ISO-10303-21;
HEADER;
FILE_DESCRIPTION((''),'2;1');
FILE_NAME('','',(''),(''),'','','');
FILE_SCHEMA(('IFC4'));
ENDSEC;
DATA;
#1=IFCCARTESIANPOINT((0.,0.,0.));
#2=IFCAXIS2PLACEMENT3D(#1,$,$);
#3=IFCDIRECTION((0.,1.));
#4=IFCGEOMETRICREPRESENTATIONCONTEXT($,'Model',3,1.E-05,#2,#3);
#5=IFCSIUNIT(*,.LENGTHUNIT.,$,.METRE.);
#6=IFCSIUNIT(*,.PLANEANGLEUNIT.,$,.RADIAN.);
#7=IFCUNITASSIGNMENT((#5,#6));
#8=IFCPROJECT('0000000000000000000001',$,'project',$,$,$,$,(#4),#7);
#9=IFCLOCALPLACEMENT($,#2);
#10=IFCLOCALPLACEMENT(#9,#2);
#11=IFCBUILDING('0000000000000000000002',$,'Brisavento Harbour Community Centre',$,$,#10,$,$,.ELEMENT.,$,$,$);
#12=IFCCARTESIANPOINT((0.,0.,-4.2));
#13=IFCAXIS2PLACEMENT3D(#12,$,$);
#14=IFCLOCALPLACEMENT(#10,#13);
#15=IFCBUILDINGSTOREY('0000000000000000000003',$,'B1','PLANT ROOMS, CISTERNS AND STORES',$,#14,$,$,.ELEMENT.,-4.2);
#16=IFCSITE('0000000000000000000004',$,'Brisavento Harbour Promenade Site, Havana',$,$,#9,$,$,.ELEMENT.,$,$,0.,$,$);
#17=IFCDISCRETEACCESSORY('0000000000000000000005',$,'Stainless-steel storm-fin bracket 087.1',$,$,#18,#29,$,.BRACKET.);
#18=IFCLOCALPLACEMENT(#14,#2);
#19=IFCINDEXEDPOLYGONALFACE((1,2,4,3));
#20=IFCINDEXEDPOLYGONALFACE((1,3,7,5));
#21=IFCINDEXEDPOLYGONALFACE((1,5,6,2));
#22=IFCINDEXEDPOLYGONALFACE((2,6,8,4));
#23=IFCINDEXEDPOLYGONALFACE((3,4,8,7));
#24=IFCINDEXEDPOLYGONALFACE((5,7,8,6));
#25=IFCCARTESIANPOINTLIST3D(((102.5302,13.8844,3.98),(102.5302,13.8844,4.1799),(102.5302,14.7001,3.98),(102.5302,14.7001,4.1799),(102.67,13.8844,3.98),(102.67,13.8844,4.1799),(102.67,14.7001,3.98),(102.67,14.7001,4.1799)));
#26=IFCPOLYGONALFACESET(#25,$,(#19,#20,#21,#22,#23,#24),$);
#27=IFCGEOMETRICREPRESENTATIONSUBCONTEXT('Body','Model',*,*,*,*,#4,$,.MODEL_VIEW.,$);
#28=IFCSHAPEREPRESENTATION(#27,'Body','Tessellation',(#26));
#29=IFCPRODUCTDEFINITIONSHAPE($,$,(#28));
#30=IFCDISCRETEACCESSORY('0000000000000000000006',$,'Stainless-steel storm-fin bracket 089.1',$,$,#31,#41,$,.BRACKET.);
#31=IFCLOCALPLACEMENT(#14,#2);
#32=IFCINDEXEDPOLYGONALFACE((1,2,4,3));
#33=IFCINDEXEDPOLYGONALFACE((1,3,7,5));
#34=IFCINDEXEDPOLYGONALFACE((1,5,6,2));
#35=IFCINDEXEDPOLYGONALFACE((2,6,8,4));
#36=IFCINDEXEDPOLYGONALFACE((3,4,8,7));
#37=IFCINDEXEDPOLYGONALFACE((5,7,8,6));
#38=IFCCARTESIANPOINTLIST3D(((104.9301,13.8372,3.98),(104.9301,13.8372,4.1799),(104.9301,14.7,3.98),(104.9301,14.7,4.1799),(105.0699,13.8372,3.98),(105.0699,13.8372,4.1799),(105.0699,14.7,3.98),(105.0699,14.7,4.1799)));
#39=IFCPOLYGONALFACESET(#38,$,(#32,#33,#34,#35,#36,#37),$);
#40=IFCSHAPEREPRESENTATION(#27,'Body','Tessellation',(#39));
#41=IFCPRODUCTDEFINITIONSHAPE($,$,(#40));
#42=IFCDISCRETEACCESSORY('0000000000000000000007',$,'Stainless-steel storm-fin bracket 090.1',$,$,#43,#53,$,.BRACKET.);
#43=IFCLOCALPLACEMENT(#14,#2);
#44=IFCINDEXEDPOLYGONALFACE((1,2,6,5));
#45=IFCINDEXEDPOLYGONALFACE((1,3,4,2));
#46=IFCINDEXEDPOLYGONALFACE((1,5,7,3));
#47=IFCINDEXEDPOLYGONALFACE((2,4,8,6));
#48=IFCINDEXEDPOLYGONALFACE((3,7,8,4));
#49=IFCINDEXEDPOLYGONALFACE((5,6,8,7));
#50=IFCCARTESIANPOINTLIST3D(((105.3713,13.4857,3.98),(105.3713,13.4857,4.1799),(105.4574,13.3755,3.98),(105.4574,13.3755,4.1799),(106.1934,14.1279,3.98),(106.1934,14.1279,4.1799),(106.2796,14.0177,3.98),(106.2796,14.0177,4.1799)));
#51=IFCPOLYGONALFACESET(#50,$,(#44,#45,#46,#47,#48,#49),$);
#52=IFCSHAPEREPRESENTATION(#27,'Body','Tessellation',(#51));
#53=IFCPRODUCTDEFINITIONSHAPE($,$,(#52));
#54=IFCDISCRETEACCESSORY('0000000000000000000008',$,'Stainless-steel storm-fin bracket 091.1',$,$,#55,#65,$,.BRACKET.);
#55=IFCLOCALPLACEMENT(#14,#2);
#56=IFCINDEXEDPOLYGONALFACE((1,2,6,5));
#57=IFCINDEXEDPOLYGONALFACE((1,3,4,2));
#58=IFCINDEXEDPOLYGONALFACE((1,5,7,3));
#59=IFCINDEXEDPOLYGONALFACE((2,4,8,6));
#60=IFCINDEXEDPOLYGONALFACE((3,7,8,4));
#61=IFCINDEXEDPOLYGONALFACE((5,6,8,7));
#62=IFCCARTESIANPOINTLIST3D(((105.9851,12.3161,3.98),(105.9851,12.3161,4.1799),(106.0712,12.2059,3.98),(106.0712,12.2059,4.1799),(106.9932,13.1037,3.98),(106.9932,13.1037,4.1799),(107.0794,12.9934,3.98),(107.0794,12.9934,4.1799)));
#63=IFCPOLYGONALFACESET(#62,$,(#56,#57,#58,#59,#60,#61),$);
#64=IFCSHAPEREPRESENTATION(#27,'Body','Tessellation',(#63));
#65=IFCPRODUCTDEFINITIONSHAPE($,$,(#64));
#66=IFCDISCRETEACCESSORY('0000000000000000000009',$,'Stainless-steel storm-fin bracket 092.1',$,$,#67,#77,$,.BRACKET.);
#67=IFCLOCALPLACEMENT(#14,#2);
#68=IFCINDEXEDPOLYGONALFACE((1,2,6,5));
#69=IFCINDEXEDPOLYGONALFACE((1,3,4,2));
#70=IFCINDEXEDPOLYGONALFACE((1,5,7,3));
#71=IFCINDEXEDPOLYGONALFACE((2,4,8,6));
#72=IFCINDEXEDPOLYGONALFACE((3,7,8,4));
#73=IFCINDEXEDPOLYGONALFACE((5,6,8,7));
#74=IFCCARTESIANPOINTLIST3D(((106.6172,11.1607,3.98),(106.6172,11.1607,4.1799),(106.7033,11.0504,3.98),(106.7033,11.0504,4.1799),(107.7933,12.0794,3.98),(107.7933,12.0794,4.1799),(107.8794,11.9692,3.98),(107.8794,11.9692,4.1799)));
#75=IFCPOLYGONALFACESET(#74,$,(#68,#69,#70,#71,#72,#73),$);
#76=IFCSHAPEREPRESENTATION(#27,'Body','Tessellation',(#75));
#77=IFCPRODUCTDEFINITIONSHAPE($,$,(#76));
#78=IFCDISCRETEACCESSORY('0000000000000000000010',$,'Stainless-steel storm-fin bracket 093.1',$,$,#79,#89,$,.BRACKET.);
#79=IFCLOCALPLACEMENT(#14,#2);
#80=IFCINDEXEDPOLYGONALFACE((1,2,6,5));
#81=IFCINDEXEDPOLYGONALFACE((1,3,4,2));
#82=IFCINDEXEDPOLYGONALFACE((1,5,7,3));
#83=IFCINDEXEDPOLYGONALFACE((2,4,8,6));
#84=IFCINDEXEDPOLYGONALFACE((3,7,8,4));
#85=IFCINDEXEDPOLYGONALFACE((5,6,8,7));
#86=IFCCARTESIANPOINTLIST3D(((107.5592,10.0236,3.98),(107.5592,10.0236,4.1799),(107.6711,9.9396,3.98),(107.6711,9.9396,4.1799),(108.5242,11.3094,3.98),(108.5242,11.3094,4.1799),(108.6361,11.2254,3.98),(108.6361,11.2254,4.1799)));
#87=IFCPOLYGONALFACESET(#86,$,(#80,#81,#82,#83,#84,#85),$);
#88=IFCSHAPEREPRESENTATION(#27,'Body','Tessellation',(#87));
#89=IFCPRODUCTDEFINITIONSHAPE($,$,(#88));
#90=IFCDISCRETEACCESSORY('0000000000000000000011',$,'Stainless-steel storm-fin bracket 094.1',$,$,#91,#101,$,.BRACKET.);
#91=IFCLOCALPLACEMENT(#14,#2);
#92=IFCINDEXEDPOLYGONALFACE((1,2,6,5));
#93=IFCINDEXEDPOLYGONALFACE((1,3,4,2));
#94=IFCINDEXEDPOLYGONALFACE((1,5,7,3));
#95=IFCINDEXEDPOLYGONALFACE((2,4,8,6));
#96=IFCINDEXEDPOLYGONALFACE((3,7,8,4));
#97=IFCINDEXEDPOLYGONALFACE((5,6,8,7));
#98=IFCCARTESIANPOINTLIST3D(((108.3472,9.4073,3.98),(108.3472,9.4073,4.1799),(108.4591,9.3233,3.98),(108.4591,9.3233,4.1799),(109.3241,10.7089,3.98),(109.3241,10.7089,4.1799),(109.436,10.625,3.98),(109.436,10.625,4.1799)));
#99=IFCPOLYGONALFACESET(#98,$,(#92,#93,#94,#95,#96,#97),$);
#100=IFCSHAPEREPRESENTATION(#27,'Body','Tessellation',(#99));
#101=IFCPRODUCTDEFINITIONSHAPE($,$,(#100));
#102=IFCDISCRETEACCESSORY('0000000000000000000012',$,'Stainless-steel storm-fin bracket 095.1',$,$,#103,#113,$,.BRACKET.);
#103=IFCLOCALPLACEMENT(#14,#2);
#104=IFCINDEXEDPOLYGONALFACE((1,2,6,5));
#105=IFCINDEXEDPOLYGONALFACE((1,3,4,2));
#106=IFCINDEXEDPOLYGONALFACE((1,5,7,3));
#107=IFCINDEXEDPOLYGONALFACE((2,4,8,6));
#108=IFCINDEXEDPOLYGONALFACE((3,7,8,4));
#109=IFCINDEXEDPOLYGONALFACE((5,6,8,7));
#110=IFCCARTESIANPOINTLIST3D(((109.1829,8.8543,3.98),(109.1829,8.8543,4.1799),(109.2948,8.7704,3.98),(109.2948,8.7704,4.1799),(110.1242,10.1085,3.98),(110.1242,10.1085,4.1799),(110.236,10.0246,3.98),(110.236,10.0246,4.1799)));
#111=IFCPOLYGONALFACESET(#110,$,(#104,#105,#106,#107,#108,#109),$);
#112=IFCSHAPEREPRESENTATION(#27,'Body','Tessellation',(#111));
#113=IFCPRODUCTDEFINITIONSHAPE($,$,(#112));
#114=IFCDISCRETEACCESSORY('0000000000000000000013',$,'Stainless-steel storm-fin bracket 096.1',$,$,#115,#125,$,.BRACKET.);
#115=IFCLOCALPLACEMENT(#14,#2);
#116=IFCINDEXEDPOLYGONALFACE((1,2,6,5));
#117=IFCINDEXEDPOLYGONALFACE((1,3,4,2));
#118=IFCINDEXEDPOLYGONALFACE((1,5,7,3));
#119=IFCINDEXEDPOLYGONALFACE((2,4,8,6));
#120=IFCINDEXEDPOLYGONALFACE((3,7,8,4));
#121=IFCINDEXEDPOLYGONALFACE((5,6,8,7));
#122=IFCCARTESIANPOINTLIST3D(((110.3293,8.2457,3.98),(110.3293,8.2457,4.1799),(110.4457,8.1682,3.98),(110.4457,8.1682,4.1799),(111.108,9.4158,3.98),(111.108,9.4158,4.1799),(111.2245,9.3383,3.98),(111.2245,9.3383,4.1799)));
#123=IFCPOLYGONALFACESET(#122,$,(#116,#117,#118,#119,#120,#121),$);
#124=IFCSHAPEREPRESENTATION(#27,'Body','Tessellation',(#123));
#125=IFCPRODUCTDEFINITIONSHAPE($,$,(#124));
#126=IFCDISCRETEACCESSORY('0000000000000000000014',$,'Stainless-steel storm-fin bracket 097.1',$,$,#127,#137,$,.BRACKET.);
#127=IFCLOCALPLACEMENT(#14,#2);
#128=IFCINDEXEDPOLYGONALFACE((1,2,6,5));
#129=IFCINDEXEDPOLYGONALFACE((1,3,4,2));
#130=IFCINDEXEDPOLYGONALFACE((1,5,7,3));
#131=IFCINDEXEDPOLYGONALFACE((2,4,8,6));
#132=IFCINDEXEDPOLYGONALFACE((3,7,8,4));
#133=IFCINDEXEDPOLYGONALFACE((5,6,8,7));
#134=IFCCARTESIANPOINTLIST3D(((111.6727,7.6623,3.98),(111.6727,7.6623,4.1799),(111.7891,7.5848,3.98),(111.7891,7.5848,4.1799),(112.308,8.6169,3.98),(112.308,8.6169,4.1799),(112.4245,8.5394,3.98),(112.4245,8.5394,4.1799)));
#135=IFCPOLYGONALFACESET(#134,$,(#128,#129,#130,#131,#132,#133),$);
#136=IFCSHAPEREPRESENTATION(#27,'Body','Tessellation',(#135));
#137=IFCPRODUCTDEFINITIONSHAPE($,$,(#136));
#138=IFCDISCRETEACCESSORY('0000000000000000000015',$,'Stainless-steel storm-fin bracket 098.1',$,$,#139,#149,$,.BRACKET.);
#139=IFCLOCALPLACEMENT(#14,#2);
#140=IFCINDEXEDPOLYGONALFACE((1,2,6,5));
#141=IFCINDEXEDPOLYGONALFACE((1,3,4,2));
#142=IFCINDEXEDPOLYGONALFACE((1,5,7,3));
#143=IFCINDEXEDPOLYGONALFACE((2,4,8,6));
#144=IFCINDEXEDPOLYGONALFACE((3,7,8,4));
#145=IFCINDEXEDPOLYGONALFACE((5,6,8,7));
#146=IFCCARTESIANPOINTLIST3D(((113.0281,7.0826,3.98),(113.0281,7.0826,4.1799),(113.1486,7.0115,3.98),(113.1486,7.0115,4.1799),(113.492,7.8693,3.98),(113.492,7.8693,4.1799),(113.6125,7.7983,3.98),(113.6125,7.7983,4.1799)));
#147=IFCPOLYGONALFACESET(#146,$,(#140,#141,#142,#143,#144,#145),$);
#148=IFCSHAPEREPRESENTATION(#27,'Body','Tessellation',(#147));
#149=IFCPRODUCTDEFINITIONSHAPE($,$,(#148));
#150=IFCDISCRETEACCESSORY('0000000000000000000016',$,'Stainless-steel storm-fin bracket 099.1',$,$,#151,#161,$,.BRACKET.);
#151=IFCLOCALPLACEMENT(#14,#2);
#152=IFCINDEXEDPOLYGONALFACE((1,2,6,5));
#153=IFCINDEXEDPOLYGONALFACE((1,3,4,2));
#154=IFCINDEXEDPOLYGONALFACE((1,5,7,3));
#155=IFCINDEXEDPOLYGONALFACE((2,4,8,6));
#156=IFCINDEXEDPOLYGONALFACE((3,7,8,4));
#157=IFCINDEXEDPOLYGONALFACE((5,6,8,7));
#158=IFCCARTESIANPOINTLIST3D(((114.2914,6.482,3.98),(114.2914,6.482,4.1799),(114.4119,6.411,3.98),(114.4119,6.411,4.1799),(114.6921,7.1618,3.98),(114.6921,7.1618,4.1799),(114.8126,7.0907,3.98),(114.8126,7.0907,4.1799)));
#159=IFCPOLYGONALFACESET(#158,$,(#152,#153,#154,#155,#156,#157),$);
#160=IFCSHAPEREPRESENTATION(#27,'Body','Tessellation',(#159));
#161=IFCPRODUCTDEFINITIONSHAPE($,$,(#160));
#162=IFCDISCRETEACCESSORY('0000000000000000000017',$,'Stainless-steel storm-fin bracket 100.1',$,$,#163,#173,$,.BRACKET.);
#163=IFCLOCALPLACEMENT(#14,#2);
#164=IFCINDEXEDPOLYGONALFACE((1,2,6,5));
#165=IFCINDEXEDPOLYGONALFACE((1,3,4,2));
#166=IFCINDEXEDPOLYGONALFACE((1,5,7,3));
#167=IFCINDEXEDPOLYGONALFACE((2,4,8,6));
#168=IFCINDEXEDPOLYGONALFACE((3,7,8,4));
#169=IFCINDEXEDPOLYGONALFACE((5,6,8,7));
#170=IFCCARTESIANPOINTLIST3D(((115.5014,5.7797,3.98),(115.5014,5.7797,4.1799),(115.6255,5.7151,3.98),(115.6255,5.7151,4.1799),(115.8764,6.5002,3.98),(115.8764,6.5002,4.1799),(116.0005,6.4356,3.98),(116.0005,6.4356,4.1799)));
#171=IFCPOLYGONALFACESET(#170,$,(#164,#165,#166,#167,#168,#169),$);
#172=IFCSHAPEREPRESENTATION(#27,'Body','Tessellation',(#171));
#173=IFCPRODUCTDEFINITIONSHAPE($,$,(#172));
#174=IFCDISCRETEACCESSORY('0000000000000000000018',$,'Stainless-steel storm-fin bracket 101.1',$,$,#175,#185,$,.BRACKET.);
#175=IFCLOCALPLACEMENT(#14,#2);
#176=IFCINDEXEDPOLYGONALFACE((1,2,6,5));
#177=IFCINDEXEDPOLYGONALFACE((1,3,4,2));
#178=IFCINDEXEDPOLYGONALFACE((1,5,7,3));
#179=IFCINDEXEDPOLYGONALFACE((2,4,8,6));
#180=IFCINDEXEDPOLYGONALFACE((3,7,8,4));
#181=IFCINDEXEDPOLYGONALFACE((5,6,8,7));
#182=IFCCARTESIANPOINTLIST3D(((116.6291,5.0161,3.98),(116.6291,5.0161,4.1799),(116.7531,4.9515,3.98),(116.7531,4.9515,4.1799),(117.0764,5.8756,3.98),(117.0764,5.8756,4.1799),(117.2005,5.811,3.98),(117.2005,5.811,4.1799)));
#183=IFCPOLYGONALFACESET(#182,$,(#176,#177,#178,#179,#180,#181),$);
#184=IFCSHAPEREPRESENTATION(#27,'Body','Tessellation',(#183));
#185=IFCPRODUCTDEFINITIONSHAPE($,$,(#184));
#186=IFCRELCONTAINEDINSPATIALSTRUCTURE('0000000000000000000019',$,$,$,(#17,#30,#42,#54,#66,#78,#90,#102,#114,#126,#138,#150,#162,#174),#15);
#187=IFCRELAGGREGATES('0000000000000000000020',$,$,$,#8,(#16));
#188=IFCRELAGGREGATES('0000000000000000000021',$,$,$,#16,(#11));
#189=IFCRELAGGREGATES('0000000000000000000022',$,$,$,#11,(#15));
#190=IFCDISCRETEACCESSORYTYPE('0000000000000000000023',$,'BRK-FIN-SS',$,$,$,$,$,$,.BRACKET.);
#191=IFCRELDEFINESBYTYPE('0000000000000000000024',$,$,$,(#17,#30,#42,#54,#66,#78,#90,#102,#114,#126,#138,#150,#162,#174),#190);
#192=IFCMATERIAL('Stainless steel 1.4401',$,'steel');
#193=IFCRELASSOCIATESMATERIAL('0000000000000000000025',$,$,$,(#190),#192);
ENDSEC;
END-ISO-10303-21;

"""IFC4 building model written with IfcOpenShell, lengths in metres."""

from ifc_helpers import new_model, si_unit, direction, frame, origin, origin_2d, place, context, subcontext, project, spatial, rectangle, extrude, material, type_object, element, save


model = new_model("IFC4")

# Units and contexts
model_context = context("Model", 3, precision=1e-05, world=origin(), true_north=direction((0.0, 1.0)))
body_context = subcontext(model_context, "Body", "Model", "MODEL_VIEW")
ifc_project = project(units=[si_unit("LENGTHUNIT", "METRE"), si_unit("PLANEANGLEUNIT", "RADIAN")], contexts=[model_context])

# Site, building, storey
site_placement = place(None, origin())
site = spatial("IfcSite", under=ifc_project, at=site_placement, Name="Brisavento Harbour Promenade Site, Havana", CompositionType="ELEMENT", RefElevation=0.0)
building_placement = place(site_placement, origin())
building = spatial("IfcBuilding", under=site, at=building_placement, Name="Brisavento Harbour Community Centre", CompositionType="ELEMENT")
storey_placement = place(building_placement, frame((0.0, 0.0, -4.2)))
storey = spatial("IfcBuildingStorey", under=building, at=storey_placement, Name="B1", Description="PLANT ROOMS, CISTERNS AND STORES", CompositionType="ELEMENT", Elevation=-4.2)

# Discrete accessories
ifc_material_1 = material(Name="Stainless steel 1.4401", Category="steel")
discrete_accessory_type = type_object("IfcDiscreteAccessoryType", Name="BRK-FIN-SS", PredefinedType="BRACKET", material=ifc_material_1)
discrete_accessory_1_placement = place(storey_placement, frame((102.6001, 14.2922, 3.98), z_axis=(0.0, 0.0, 1.0), x_axis=(0.0, -1.0, 0.0)))
element("IfcDiscreteAccessory", 1, at=discrete_accessory_1_placement, inside=storey, type_object=discrete_accessory_type, Name="Stainless-steel storm-fin bracket 087.1", PredefinedType="BRACKET", context=body_context, shape_type="SweptSolid", body=[
    extrude(rectangle(XDim=0.8157, YDim=0.1399, at=origin_2d()), origin(), (0.0, 0.0, 1.0), 0.2),
])
discrete_accessory_2_placement = place(storey_placement, frame((105.0, 14.2686, 3.98), z_axis=(0.0, 0.0, 1.0), x_axis=(0.0, -1.0, 0.0)))
element("IfcDiscreteAccessory", 2, at=discrete_accessory_2_placement, inside=storey, type_object=discrete_accessory_type, Name="Stainless-steel storm-fin bracket 089.1", PredefinedType="BRACKET", context=body_context, shape_type="SweptSolid", body=[
    extrude(rectangle(XDim=0.8628, YDim=0.1399, at=origin_2d()), origin(), (0.0, 0.0, 1.0), 0.2),
])
discrete_accessory_3_placement = place(storey_placement, frame((105.8254, 13.7517, 3.98), z_axis=(0.0, 0.0, 1.0), x_axis=(-0.788054, -0.615606, 0.0)))
element("IfcDiscreteAccessory", 3, at=discrete_accessory_3_placement, inside=storey, type_object=discrete_accessory_type, Name="Stainless-steel storm-fin bracket 090.1", PredefinedType="BRACKET", context=body_context, shape_type="SweptSolid", body=[
    extrude(rectangle(XDim=1.0432, YDim=0.1399, at=origin_2d()), origin(), (0.0, 0.0, 1.0), 0.2),
])
discrete_accessory_4_placement = place(storey_placement, frame((106.5322, 12.6548, 3.98), z_axis=(0.0, 0.0, 1.0), x_axis=(-0.788054, -0.615606, 0.0)))
element("IfcDiscreteAccessory", 4, at=discrete_accessory_4_placement, inside=storey, type_object=discrete_accessory_type, Name="Stainless-steel storm-fin bracket 091.1", PredefinedType="BRACKET", context=body_context, shape_type="SweptSolid", body=[
    extrude(rectangle(XDim=1.2793, YDim=0.1399, at=origin_2d()), origin(), (0.0, 0.0, 1.0), 0.2),
])
discrete_accessory_5_placement = place(storey_placement, frame((107.2483, 11.5649, 3.98), z_axis=(0.0, 0.0, 1.0), x_axis=(-0.788054, -0.615606, 0.0)))
element("IfcDiscreteAccessory", 5, at=discrete_accessory_5_placement, inside=storey, type_object=discrete_accessory_type, Name="Stainless-steel storm-fin bracket 092.1", PredefinedType="BRACKET", context=body_context, shape_type="SweptSolid", body=[
    extrude(rectangle(XDim=1.4924, YDim=0.1399, at=origin_2d()), origin(), (0.0, 0.0, 1.0), 0.2),
])
discrete_accessory_6_placement = place(storey_placement, frame((108.0977, 10.6245, 3.98), z_axis=(0.0, 0.0, 1.0), x_axis=(-0.600253, -0.79981, 0.0)))
element("IfcDiscreteAccessory", 6, at=discrete_accessory_6_placement, inside=storey, type_object=discrete_accessory_type, Name="Stainless-steel storm-fin bracket 093.1", PredefinedType="BRACKET", context=body_context, shape_type="SweptSolid", body=[
    extrude(rectangle(XDim=1.6077, YDim=0.1399, at=origin_2d()), origin(), (0.0, 0.0, 1.0), 0.2),
])
discrete_accessory_7_placement = place(storey_placement, frame((108.8916, 10.0161, 3.98), z_axis=(0.0, 0.0, 1.0), x_axis=(-0.600253, -0.79981, 0.0)))
element("IfcDiscreteAccessory", 7, at=discrete_accessory_7_placement, inside=storey, type_object=discrete_accessory_type, Name="Stainless-steel storm-fin bracket 094.1", PredefinedType="BRACKET", context=body_context, shape_type="SweptSolid", body=[
    extrude(rectangle(XDim=1.6274, YDim=0.1399, at=origin_2d()), origin(), (0.0, 0.0, 1.0), 0.2),
])
discrete_accessory_8_placement = place(storey_placement, frame((109.7095, 9.4395, 3.98), z_axis=(0.0, 0.0, 1.0), x_axis=(-0.600253, -0.79981, 0.0)))
element("IfcDiscreteAccessory", 8, at=discrete_accessory_8_placement, inside=storey, type_object=discrete_accessory_type, Name="Stainless-steel storm-fin bracket 095.1", PredefinedType="BRACKET", context=body_context, shape_type="SweptSolid", body=[
    extrude(rectangle(XDim=1.5681, YDim=0.1399, at=origin_2d()), origin(), (0.0, 0.0, 1.0), 0.2),
])
discrete_accessory_9_placement = place(storey_placement, frame((110.7769, 8.792, 3.98), z_axis=(0.0, 0.0, 1.0), x_axis=(-0.55406, -0.832477, 0.0)))
element("IfcDiscreteAccessory", 9, at=discrete_accessory_9_placement, inside=storey, type_object=discrete_accessory_type, Name="Stainless-steel storm-fin bracket 096.1", PredefinedType="BRACKET", context=body_context, shape_type="SweptSolid", body=[
    extrude(rectangle(XDim=1.4055, YDim=0.1399, at=origin_2d()), origin(), (0.0, 0.0, 1.0), 0.2),
])
discrete_accessory_10_placement = place(storey_placement, frame((112.0486, 8.1008, 3.98), z_axis=(0.0, 0.0, 1.0), x_axis=(-0.55406, -0.832477, 0.0)))
element("IfcDiscreteAccessory", 10, at=discrete_accessory_10_placement, inside=storey, type_object=discrete_accessory_type, Name="Stainless-steel storm-fin bracket 097.1", PredefinedType="BRACKET", context=body_context, shape_type="SweptSolid", body=[
    extrude(rectangle(XDim=1.1467, YDim=0.1399, at=origin_2d()), origin(), (0.0, 0.0, 1.0), 0.2),
])
discrete_accessory_11_placement = place(storey_placement, frame((113.3203, 7.4404, 3.98), z_axis=(0.0, 0.0, 1.0), x_axis=(-0.507869, -0.861434, 0.0)))
element("IfcDiscreteAccessory", 11, at=discrete_accessory_11_placement, inside=storey, type_object=discrete_accessory_type, Name="Stainless-steel storm-fin bracket 098.1", PredefinedType="BRACKET", context=body_context, shape_type="SweptSolid", body=[
    extrude(rectangle(XDim=0.9133, YDim=0.1399, at=origin_2d()), origin(), (0.0, 0.0, 1.0), 0.2),
])
discrete_accessory_12_placement = place(storey_placement, frame((114.552, 6.7864, 3.98), z_axis=(0.0, 0.0, 1.0), x_axis=(-0.507869, -0.861434, 0.0)))
element("IfcDiscreteAccessory", 12, at=discrete_accessory_12_placement, inside=storey, type_object=discrete_accessory_type, Name="Stainless-steel storm-fin bracket 099.1", PredefinedType="BRACKET", context=body_context, shape_type="SweptSolid", body=[
    extrude(rectangle(XDim=0.7891, YDim=0.1399, at=origin_2d()), origin(), (0.0, 0.0, 1.0), 0.2),
])
discrete_accessory_13_placement = place(storey_placement, frame((115.751, 6.1077, 3.98), z_axis=(0.0, 0.0, 1.0), x_axis=(-0.461702, -0.887035, 0.0)))
element("IfcDiscreteAccessory", 13, at=discrete_accessory_13_placement, inside=storey, type_object=discrete_accessory_type, Name="Stainless-steel storm-fin bracket 100.1", PredefinedType="BRACKET", context=body_context, shape_type="SweptSolid", body=[
    extrude(rectangle(XDim=0.8123, YDim=0.1399, at=origin_2d()), origin(), (0.0, 0.0, 1.0), 0.2),
])
discrete_accessory_14_placement = place(storey_placement, frame((116.9148, 5.4136, 3.98), z_axis=(0.0, 0.0, 1.0), x_axis=(-0.461702, -0.887035, 0.0)))
element("IfcDiscreteAccessory", 14, at=discrete_accessory_14_placement, inside=storey, type_object=discrete_accessory_type, Name="Stainless-steel storm-fin bracket 101.1", PredefinedType="BRACKET", context=body_context, shape_type="SweptSolid", body=[
    extrude(rectangle(XDim=0.969, YDim=0.1399, at=origin_2d()), origin(), (0.0, 0.0, 1.0), 0.2),
])

save(model, "model.ifc")
